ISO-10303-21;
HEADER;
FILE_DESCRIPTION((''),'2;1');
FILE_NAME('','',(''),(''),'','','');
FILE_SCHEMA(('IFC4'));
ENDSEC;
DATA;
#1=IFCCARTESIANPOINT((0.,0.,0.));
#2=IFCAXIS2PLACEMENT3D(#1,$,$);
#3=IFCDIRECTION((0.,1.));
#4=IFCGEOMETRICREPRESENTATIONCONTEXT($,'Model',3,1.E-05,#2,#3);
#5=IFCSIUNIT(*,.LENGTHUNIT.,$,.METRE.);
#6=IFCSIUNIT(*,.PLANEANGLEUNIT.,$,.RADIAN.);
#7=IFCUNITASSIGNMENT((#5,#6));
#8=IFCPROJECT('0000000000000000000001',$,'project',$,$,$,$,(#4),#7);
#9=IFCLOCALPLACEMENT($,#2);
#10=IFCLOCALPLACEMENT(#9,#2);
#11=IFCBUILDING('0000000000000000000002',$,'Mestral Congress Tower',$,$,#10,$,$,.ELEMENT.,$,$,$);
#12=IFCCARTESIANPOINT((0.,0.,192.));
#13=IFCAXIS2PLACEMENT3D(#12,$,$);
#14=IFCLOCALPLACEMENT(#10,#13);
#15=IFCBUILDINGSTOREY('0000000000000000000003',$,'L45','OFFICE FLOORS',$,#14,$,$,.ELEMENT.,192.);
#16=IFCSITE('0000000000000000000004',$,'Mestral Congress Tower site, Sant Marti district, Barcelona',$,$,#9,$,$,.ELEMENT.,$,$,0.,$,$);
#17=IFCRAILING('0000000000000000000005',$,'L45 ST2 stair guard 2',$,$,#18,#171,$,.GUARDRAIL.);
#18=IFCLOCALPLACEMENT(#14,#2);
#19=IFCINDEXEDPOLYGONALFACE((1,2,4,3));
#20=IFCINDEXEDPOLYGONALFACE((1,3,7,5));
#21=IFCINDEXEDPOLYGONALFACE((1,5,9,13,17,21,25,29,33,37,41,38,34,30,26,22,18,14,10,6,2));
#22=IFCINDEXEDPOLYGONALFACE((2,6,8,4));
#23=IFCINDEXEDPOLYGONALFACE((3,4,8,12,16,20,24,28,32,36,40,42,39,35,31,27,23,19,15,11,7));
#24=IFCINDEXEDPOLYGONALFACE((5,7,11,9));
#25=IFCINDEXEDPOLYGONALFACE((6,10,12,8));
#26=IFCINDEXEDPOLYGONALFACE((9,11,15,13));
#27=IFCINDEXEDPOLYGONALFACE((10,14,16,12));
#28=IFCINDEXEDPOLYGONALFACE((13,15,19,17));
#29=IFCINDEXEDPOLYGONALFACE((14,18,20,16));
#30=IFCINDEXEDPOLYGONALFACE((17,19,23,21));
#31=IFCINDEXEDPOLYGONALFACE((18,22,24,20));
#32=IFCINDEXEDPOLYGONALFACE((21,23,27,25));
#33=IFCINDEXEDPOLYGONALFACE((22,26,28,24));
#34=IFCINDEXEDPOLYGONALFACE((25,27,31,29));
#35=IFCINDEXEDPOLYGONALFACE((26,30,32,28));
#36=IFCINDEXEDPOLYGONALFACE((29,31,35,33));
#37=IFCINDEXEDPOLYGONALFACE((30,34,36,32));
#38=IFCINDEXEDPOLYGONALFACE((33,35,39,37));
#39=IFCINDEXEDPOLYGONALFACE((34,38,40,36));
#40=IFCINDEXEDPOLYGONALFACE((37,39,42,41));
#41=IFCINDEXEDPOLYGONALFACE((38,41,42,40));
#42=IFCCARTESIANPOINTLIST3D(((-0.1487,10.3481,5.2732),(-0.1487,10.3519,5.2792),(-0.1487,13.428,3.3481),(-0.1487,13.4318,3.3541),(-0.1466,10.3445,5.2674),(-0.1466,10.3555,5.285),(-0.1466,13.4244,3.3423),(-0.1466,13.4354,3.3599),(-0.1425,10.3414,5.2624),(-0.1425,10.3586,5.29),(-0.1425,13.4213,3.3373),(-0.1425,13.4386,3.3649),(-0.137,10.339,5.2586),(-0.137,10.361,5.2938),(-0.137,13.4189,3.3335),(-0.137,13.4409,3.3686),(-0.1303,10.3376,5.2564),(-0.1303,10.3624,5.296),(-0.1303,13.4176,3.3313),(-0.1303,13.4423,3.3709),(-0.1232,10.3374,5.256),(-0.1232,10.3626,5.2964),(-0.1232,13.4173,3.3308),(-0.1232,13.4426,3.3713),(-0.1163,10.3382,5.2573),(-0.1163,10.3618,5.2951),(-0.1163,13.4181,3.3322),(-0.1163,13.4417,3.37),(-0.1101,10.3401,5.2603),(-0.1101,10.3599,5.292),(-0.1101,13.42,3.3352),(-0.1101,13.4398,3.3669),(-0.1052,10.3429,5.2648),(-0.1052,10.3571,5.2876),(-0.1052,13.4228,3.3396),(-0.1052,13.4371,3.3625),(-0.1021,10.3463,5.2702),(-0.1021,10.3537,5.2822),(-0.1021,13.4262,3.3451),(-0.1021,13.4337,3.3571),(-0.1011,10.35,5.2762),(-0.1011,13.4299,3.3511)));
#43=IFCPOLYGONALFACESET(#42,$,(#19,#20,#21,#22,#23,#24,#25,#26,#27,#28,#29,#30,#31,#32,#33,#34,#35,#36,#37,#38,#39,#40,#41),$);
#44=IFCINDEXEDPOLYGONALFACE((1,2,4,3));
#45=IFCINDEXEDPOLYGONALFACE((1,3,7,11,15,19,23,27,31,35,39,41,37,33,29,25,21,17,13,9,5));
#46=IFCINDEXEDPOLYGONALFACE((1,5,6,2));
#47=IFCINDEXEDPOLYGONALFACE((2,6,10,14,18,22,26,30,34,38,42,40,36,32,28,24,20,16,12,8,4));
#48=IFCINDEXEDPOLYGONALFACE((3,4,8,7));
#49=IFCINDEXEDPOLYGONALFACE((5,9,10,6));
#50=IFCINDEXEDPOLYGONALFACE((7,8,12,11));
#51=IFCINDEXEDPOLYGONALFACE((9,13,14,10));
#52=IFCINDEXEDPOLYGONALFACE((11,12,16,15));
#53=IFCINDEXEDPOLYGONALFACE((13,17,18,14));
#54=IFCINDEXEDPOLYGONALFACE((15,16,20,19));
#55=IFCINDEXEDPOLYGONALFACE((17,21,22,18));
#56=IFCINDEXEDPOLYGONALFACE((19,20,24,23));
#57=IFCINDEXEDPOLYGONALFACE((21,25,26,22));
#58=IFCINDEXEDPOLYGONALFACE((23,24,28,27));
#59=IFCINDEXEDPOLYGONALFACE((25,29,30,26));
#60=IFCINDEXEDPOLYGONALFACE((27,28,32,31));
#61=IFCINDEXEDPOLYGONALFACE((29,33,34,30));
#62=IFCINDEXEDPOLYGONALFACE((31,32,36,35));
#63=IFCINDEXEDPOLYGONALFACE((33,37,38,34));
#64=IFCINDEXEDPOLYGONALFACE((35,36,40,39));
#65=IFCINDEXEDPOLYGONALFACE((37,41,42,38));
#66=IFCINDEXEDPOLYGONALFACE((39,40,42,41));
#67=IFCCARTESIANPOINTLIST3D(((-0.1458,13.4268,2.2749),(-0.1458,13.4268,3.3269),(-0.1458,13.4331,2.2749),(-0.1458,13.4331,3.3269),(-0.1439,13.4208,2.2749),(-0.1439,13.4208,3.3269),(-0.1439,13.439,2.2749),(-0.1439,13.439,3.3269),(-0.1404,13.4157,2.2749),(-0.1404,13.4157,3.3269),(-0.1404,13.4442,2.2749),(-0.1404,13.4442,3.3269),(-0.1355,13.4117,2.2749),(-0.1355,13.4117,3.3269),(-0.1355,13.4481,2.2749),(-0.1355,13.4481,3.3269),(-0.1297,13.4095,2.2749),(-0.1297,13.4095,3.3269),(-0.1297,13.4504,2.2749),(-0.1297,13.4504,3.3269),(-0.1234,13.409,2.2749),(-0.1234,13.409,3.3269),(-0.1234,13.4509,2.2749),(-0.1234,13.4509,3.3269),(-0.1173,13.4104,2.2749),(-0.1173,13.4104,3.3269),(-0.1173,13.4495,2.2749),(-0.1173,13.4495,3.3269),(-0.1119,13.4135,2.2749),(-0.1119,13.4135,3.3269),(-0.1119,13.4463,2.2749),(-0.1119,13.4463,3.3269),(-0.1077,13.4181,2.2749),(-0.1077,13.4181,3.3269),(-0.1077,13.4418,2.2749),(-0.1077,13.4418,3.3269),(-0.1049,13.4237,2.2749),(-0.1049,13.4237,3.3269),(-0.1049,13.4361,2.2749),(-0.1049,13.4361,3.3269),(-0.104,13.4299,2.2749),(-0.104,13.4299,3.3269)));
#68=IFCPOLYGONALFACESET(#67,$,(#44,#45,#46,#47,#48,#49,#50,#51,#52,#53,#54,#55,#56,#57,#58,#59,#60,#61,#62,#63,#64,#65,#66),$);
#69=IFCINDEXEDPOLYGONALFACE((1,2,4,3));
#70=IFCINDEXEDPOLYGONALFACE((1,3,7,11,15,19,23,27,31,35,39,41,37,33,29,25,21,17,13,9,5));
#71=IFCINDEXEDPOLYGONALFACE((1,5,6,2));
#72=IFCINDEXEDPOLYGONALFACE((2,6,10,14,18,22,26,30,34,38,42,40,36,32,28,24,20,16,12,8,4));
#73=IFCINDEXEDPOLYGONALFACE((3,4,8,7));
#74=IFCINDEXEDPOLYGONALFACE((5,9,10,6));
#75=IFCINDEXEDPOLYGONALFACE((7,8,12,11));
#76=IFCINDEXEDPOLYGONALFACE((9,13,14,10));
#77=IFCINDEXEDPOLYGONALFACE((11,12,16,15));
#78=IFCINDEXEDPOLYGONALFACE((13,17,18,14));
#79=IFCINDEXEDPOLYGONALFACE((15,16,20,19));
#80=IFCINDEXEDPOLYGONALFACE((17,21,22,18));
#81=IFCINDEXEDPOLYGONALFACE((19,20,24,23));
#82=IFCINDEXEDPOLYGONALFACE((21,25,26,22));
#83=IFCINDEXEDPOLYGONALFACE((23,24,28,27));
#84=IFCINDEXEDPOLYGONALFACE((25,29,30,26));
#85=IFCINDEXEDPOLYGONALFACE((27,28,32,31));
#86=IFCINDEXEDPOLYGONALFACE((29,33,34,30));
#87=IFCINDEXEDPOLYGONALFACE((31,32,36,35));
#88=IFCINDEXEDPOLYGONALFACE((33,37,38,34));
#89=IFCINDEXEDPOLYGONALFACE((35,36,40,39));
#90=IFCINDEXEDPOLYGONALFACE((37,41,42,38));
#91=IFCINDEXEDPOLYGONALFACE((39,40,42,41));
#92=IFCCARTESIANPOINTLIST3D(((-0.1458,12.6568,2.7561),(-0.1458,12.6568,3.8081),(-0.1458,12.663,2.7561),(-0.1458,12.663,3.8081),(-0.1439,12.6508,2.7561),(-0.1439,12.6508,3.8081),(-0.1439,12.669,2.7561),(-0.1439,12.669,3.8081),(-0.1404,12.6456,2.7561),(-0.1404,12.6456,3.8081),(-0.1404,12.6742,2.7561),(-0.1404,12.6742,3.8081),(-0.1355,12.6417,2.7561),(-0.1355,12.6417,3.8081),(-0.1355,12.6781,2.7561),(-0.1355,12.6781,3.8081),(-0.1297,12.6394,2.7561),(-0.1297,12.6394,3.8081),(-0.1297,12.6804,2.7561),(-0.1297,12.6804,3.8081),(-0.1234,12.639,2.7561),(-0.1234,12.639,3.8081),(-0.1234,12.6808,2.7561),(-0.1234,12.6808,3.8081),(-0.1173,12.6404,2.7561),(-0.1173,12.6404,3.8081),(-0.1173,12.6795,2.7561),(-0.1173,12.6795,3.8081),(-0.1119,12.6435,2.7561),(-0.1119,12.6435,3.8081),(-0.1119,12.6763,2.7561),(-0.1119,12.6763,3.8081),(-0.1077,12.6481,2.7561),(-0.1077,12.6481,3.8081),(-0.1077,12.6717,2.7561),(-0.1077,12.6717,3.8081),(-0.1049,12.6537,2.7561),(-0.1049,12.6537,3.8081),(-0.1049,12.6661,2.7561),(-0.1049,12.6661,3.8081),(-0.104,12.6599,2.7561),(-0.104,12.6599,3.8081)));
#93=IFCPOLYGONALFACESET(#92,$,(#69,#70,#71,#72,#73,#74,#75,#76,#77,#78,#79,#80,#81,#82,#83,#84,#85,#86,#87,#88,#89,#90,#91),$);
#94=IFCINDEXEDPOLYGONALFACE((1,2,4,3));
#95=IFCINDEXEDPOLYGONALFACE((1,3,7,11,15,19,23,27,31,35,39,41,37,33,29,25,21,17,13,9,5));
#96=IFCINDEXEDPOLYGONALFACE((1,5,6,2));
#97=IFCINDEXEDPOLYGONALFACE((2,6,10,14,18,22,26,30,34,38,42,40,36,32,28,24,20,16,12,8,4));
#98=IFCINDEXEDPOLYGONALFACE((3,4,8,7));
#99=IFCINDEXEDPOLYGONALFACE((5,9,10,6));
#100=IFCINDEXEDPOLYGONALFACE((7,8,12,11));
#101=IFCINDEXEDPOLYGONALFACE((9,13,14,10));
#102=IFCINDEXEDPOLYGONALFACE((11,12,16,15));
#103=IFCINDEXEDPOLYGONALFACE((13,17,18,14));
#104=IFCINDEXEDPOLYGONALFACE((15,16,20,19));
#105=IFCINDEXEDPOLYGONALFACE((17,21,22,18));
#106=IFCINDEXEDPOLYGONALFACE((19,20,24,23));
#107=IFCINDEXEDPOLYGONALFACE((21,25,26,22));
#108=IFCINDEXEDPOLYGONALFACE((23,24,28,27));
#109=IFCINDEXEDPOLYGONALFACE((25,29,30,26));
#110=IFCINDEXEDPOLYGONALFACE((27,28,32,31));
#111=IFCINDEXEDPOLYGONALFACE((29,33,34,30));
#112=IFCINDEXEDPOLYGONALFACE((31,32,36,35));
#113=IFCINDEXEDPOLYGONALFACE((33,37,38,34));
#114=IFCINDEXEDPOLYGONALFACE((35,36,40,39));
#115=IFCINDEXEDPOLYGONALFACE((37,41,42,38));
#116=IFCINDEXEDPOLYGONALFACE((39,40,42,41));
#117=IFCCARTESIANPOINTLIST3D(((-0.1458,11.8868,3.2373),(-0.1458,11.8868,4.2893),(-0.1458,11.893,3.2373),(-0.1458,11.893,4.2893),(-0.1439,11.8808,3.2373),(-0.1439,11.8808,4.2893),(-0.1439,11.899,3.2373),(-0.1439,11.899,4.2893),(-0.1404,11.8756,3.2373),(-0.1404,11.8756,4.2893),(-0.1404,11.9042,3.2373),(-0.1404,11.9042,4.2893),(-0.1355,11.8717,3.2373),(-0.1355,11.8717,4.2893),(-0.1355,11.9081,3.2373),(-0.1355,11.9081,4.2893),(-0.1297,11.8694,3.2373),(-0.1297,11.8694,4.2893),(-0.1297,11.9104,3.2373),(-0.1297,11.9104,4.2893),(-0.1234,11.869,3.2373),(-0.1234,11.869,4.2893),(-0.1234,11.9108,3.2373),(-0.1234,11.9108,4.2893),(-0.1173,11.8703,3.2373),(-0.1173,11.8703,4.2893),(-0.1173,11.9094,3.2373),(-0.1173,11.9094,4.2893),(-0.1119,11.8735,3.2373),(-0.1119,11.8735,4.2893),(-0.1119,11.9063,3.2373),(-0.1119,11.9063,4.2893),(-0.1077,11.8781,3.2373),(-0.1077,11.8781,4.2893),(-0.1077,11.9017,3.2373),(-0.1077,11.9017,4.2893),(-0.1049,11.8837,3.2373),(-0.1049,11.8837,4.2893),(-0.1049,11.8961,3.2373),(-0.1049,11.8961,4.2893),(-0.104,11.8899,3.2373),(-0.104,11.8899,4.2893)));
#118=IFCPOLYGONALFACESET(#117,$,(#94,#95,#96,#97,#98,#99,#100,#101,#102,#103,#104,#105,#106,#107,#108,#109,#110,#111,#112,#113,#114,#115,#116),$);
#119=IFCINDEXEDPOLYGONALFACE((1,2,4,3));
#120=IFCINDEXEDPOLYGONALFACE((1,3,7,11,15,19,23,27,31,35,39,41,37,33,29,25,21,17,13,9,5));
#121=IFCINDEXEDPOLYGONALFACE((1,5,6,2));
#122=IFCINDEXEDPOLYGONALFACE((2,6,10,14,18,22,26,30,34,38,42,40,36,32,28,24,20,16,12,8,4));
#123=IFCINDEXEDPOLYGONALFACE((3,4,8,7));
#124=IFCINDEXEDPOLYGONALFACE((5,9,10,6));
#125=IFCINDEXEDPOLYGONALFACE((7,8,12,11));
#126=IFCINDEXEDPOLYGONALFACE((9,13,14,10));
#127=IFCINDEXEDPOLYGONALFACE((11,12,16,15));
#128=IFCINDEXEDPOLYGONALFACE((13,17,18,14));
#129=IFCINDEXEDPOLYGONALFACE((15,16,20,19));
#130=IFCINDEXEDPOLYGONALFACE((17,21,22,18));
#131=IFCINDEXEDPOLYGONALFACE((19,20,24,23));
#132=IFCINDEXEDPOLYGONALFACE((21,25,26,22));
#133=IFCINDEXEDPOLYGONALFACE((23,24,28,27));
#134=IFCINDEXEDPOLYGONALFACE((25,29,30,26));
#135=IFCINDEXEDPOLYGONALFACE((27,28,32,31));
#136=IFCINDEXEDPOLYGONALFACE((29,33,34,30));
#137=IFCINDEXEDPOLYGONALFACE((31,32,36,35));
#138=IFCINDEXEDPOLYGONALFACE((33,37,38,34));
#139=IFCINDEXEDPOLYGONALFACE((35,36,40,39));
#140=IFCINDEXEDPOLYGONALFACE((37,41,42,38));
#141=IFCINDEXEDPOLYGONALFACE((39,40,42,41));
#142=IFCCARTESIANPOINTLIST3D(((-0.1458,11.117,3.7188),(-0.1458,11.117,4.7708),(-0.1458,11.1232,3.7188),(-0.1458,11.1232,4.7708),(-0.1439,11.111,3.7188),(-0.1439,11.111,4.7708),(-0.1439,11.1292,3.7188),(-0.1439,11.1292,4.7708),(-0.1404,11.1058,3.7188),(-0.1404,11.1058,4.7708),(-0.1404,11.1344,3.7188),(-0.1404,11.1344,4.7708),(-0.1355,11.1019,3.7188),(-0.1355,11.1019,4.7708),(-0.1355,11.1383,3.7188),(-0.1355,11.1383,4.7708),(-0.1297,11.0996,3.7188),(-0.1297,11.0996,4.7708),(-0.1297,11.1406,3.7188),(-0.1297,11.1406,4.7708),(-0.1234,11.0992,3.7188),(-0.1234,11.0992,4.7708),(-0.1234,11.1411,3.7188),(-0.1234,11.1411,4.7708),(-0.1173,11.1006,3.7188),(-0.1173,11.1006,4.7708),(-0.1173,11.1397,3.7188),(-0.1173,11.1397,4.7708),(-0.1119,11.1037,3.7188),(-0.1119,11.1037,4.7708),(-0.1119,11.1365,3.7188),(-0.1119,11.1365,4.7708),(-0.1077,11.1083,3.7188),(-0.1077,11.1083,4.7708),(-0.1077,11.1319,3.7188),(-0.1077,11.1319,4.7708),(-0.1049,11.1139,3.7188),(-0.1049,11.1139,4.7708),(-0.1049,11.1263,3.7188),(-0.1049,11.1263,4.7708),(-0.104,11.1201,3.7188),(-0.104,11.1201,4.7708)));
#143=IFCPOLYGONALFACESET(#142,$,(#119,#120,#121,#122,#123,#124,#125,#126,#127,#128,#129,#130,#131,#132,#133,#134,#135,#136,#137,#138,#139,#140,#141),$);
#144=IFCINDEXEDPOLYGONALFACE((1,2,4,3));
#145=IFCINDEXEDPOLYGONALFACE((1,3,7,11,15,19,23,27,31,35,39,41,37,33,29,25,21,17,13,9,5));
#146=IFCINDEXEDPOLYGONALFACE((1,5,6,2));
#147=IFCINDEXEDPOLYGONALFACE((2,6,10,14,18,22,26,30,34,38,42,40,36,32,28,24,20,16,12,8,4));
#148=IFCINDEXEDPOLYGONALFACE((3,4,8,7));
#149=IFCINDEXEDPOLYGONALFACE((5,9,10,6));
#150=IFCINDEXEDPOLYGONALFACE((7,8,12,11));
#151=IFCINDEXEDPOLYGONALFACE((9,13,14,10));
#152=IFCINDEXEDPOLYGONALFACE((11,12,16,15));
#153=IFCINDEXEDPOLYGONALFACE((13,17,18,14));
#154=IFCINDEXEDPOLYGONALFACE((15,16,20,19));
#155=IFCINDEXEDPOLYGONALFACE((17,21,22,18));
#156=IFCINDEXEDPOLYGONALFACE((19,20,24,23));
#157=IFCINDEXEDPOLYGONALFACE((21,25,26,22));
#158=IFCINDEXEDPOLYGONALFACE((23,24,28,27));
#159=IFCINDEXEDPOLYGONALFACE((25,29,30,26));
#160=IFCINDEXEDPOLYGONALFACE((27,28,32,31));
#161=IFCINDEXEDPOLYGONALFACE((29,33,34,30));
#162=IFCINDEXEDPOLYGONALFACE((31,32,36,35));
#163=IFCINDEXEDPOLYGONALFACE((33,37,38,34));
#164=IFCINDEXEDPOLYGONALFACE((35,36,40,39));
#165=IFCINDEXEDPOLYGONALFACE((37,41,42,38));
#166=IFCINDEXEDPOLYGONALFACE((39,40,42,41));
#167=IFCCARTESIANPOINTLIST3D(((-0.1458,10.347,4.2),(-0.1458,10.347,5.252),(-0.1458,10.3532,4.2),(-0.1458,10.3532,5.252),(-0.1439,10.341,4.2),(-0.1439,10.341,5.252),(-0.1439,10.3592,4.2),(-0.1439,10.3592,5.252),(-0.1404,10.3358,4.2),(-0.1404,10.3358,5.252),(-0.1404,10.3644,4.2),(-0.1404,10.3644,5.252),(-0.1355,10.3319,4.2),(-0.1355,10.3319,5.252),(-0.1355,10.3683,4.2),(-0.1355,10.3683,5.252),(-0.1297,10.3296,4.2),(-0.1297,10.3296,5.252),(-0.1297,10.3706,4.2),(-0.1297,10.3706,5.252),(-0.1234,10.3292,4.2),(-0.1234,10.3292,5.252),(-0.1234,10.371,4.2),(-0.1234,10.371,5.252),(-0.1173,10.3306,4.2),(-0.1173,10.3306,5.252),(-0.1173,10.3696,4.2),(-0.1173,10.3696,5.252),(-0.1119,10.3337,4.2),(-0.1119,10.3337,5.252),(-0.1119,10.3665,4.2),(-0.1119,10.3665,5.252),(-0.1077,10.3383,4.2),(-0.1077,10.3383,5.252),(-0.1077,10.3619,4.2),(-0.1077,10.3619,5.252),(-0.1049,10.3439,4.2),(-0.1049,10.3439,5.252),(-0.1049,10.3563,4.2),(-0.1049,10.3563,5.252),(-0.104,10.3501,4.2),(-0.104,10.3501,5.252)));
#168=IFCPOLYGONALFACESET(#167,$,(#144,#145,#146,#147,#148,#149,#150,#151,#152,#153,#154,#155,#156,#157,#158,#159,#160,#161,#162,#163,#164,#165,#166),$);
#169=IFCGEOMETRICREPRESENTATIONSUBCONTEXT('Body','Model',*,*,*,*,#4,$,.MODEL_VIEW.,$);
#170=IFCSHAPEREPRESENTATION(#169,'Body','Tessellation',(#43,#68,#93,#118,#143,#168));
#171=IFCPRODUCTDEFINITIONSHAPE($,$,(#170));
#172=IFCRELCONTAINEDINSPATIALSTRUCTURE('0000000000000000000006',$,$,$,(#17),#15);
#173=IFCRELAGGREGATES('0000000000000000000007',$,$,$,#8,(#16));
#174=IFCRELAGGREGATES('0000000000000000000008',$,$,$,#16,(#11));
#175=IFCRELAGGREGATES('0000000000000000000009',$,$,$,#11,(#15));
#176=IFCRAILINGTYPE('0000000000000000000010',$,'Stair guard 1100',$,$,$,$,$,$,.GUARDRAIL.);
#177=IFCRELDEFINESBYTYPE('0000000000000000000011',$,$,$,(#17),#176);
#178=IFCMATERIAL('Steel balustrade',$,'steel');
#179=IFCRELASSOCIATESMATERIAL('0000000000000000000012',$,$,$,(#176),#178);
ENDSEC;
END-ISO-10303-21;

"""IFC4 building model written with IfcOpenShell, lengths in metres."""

from ifc_helpers import new_model, si_unit, direction, frame, origin, origin_2d, place, context, subcontext, project, spatial, circle, extrude, material, type_object, element, save


model = new_model("IFC4")

# Units and contexts
model_context = context("Model", 3, precision=1e-05, world=origin(), true_north=direction((0.0, 1.0)))
body_context = subcontext(model_context, "Body", "Model", "MODEL_VIEW")
ifc_project = project(units=[si_unit("LENGTHUNIT", "METRE"), si_unit("PLANEANGLEUNIT", "RADIAN")], contexts=[model_context])

# Site, building, storey
site_placement = place(None, origin())
site = spatial("IfcSite", under=ifc_project, at=site_placement, Name="Mestral Congress Tower site, Sant Marti district, Barcelona", CompositionType="ELEMENT", RefElevation=0.0)
building_placement = place(site_placement, origin())
building = spatial("IfcBuilding", under=site, at=building_placement, Name="Mestral Congress Tower", CompositionType="ELEMENT")
storey_placement = place(building_placement, frame((0.0, 0.0, 192.0)))
storey = spatial("IfcBuildingStorey", under=building, at=storey_placement, Name="L45", Description="OFFICE FLOORS", CompositionType="ELEMENT", Elevation=192.0)

# Railing
ifc_material_1 = material(Name="Steel balustrade", Category="steel")
railing_type = type_object("IfcRailingType", Name="Stair guard 1100", PredefinedType="GUARDRAIL", material=ifc_material_1)
railing_placement = place(storey_placement, frame((-0.125, 13.4299, 2.2749)))
element("IfcRailing", 1, at=railing_placement, inside=storey, type_object=railing_type, Name="L45 ST2 stair guard 2", PredefinedType="GUARDRAIL", context=body_context, shape_type="SweptSolid", body=[
    extrude(circle(Radius=0.0239, at=origin_2d()), frame((0.0, 0.0, 1.0762), z_axis=(0.0, -0.847979, 0.530029), x_axis=(1.0, 0.0, 0.0)), (0.0, 0.0, 1.0), 3.6321),
    extrude(circle(Radius=0.021, at=origin_2d()), origin(), (0.0, 0.0, 1.0), 1.052),
    extrude(circle(Radius=0.021, at=origin_2d()), frame((0.0, -0.77, 0.4812)), (0.0, 0.0, 1.0), 1.052),
    extrude(circle(Radius=0.021, at=origin_2d()), frame((0.0, -1.54, 0.9624)), (0.0, 0.0, 1.0), 1.052),
    extrude(circle(Radius=0.021, at=origin_2d()), frame((0.0, -2.3098, 1.4438)), (0.0, 0.0, 1.0), 1.052),
    extrude(circle(Radius=0.021, at=origin_2d()), frame((0.0, -3.0798, 1.925)), (0.0, 0.0, 1.0), 1.052),
])

save(model, "model.ifc")
